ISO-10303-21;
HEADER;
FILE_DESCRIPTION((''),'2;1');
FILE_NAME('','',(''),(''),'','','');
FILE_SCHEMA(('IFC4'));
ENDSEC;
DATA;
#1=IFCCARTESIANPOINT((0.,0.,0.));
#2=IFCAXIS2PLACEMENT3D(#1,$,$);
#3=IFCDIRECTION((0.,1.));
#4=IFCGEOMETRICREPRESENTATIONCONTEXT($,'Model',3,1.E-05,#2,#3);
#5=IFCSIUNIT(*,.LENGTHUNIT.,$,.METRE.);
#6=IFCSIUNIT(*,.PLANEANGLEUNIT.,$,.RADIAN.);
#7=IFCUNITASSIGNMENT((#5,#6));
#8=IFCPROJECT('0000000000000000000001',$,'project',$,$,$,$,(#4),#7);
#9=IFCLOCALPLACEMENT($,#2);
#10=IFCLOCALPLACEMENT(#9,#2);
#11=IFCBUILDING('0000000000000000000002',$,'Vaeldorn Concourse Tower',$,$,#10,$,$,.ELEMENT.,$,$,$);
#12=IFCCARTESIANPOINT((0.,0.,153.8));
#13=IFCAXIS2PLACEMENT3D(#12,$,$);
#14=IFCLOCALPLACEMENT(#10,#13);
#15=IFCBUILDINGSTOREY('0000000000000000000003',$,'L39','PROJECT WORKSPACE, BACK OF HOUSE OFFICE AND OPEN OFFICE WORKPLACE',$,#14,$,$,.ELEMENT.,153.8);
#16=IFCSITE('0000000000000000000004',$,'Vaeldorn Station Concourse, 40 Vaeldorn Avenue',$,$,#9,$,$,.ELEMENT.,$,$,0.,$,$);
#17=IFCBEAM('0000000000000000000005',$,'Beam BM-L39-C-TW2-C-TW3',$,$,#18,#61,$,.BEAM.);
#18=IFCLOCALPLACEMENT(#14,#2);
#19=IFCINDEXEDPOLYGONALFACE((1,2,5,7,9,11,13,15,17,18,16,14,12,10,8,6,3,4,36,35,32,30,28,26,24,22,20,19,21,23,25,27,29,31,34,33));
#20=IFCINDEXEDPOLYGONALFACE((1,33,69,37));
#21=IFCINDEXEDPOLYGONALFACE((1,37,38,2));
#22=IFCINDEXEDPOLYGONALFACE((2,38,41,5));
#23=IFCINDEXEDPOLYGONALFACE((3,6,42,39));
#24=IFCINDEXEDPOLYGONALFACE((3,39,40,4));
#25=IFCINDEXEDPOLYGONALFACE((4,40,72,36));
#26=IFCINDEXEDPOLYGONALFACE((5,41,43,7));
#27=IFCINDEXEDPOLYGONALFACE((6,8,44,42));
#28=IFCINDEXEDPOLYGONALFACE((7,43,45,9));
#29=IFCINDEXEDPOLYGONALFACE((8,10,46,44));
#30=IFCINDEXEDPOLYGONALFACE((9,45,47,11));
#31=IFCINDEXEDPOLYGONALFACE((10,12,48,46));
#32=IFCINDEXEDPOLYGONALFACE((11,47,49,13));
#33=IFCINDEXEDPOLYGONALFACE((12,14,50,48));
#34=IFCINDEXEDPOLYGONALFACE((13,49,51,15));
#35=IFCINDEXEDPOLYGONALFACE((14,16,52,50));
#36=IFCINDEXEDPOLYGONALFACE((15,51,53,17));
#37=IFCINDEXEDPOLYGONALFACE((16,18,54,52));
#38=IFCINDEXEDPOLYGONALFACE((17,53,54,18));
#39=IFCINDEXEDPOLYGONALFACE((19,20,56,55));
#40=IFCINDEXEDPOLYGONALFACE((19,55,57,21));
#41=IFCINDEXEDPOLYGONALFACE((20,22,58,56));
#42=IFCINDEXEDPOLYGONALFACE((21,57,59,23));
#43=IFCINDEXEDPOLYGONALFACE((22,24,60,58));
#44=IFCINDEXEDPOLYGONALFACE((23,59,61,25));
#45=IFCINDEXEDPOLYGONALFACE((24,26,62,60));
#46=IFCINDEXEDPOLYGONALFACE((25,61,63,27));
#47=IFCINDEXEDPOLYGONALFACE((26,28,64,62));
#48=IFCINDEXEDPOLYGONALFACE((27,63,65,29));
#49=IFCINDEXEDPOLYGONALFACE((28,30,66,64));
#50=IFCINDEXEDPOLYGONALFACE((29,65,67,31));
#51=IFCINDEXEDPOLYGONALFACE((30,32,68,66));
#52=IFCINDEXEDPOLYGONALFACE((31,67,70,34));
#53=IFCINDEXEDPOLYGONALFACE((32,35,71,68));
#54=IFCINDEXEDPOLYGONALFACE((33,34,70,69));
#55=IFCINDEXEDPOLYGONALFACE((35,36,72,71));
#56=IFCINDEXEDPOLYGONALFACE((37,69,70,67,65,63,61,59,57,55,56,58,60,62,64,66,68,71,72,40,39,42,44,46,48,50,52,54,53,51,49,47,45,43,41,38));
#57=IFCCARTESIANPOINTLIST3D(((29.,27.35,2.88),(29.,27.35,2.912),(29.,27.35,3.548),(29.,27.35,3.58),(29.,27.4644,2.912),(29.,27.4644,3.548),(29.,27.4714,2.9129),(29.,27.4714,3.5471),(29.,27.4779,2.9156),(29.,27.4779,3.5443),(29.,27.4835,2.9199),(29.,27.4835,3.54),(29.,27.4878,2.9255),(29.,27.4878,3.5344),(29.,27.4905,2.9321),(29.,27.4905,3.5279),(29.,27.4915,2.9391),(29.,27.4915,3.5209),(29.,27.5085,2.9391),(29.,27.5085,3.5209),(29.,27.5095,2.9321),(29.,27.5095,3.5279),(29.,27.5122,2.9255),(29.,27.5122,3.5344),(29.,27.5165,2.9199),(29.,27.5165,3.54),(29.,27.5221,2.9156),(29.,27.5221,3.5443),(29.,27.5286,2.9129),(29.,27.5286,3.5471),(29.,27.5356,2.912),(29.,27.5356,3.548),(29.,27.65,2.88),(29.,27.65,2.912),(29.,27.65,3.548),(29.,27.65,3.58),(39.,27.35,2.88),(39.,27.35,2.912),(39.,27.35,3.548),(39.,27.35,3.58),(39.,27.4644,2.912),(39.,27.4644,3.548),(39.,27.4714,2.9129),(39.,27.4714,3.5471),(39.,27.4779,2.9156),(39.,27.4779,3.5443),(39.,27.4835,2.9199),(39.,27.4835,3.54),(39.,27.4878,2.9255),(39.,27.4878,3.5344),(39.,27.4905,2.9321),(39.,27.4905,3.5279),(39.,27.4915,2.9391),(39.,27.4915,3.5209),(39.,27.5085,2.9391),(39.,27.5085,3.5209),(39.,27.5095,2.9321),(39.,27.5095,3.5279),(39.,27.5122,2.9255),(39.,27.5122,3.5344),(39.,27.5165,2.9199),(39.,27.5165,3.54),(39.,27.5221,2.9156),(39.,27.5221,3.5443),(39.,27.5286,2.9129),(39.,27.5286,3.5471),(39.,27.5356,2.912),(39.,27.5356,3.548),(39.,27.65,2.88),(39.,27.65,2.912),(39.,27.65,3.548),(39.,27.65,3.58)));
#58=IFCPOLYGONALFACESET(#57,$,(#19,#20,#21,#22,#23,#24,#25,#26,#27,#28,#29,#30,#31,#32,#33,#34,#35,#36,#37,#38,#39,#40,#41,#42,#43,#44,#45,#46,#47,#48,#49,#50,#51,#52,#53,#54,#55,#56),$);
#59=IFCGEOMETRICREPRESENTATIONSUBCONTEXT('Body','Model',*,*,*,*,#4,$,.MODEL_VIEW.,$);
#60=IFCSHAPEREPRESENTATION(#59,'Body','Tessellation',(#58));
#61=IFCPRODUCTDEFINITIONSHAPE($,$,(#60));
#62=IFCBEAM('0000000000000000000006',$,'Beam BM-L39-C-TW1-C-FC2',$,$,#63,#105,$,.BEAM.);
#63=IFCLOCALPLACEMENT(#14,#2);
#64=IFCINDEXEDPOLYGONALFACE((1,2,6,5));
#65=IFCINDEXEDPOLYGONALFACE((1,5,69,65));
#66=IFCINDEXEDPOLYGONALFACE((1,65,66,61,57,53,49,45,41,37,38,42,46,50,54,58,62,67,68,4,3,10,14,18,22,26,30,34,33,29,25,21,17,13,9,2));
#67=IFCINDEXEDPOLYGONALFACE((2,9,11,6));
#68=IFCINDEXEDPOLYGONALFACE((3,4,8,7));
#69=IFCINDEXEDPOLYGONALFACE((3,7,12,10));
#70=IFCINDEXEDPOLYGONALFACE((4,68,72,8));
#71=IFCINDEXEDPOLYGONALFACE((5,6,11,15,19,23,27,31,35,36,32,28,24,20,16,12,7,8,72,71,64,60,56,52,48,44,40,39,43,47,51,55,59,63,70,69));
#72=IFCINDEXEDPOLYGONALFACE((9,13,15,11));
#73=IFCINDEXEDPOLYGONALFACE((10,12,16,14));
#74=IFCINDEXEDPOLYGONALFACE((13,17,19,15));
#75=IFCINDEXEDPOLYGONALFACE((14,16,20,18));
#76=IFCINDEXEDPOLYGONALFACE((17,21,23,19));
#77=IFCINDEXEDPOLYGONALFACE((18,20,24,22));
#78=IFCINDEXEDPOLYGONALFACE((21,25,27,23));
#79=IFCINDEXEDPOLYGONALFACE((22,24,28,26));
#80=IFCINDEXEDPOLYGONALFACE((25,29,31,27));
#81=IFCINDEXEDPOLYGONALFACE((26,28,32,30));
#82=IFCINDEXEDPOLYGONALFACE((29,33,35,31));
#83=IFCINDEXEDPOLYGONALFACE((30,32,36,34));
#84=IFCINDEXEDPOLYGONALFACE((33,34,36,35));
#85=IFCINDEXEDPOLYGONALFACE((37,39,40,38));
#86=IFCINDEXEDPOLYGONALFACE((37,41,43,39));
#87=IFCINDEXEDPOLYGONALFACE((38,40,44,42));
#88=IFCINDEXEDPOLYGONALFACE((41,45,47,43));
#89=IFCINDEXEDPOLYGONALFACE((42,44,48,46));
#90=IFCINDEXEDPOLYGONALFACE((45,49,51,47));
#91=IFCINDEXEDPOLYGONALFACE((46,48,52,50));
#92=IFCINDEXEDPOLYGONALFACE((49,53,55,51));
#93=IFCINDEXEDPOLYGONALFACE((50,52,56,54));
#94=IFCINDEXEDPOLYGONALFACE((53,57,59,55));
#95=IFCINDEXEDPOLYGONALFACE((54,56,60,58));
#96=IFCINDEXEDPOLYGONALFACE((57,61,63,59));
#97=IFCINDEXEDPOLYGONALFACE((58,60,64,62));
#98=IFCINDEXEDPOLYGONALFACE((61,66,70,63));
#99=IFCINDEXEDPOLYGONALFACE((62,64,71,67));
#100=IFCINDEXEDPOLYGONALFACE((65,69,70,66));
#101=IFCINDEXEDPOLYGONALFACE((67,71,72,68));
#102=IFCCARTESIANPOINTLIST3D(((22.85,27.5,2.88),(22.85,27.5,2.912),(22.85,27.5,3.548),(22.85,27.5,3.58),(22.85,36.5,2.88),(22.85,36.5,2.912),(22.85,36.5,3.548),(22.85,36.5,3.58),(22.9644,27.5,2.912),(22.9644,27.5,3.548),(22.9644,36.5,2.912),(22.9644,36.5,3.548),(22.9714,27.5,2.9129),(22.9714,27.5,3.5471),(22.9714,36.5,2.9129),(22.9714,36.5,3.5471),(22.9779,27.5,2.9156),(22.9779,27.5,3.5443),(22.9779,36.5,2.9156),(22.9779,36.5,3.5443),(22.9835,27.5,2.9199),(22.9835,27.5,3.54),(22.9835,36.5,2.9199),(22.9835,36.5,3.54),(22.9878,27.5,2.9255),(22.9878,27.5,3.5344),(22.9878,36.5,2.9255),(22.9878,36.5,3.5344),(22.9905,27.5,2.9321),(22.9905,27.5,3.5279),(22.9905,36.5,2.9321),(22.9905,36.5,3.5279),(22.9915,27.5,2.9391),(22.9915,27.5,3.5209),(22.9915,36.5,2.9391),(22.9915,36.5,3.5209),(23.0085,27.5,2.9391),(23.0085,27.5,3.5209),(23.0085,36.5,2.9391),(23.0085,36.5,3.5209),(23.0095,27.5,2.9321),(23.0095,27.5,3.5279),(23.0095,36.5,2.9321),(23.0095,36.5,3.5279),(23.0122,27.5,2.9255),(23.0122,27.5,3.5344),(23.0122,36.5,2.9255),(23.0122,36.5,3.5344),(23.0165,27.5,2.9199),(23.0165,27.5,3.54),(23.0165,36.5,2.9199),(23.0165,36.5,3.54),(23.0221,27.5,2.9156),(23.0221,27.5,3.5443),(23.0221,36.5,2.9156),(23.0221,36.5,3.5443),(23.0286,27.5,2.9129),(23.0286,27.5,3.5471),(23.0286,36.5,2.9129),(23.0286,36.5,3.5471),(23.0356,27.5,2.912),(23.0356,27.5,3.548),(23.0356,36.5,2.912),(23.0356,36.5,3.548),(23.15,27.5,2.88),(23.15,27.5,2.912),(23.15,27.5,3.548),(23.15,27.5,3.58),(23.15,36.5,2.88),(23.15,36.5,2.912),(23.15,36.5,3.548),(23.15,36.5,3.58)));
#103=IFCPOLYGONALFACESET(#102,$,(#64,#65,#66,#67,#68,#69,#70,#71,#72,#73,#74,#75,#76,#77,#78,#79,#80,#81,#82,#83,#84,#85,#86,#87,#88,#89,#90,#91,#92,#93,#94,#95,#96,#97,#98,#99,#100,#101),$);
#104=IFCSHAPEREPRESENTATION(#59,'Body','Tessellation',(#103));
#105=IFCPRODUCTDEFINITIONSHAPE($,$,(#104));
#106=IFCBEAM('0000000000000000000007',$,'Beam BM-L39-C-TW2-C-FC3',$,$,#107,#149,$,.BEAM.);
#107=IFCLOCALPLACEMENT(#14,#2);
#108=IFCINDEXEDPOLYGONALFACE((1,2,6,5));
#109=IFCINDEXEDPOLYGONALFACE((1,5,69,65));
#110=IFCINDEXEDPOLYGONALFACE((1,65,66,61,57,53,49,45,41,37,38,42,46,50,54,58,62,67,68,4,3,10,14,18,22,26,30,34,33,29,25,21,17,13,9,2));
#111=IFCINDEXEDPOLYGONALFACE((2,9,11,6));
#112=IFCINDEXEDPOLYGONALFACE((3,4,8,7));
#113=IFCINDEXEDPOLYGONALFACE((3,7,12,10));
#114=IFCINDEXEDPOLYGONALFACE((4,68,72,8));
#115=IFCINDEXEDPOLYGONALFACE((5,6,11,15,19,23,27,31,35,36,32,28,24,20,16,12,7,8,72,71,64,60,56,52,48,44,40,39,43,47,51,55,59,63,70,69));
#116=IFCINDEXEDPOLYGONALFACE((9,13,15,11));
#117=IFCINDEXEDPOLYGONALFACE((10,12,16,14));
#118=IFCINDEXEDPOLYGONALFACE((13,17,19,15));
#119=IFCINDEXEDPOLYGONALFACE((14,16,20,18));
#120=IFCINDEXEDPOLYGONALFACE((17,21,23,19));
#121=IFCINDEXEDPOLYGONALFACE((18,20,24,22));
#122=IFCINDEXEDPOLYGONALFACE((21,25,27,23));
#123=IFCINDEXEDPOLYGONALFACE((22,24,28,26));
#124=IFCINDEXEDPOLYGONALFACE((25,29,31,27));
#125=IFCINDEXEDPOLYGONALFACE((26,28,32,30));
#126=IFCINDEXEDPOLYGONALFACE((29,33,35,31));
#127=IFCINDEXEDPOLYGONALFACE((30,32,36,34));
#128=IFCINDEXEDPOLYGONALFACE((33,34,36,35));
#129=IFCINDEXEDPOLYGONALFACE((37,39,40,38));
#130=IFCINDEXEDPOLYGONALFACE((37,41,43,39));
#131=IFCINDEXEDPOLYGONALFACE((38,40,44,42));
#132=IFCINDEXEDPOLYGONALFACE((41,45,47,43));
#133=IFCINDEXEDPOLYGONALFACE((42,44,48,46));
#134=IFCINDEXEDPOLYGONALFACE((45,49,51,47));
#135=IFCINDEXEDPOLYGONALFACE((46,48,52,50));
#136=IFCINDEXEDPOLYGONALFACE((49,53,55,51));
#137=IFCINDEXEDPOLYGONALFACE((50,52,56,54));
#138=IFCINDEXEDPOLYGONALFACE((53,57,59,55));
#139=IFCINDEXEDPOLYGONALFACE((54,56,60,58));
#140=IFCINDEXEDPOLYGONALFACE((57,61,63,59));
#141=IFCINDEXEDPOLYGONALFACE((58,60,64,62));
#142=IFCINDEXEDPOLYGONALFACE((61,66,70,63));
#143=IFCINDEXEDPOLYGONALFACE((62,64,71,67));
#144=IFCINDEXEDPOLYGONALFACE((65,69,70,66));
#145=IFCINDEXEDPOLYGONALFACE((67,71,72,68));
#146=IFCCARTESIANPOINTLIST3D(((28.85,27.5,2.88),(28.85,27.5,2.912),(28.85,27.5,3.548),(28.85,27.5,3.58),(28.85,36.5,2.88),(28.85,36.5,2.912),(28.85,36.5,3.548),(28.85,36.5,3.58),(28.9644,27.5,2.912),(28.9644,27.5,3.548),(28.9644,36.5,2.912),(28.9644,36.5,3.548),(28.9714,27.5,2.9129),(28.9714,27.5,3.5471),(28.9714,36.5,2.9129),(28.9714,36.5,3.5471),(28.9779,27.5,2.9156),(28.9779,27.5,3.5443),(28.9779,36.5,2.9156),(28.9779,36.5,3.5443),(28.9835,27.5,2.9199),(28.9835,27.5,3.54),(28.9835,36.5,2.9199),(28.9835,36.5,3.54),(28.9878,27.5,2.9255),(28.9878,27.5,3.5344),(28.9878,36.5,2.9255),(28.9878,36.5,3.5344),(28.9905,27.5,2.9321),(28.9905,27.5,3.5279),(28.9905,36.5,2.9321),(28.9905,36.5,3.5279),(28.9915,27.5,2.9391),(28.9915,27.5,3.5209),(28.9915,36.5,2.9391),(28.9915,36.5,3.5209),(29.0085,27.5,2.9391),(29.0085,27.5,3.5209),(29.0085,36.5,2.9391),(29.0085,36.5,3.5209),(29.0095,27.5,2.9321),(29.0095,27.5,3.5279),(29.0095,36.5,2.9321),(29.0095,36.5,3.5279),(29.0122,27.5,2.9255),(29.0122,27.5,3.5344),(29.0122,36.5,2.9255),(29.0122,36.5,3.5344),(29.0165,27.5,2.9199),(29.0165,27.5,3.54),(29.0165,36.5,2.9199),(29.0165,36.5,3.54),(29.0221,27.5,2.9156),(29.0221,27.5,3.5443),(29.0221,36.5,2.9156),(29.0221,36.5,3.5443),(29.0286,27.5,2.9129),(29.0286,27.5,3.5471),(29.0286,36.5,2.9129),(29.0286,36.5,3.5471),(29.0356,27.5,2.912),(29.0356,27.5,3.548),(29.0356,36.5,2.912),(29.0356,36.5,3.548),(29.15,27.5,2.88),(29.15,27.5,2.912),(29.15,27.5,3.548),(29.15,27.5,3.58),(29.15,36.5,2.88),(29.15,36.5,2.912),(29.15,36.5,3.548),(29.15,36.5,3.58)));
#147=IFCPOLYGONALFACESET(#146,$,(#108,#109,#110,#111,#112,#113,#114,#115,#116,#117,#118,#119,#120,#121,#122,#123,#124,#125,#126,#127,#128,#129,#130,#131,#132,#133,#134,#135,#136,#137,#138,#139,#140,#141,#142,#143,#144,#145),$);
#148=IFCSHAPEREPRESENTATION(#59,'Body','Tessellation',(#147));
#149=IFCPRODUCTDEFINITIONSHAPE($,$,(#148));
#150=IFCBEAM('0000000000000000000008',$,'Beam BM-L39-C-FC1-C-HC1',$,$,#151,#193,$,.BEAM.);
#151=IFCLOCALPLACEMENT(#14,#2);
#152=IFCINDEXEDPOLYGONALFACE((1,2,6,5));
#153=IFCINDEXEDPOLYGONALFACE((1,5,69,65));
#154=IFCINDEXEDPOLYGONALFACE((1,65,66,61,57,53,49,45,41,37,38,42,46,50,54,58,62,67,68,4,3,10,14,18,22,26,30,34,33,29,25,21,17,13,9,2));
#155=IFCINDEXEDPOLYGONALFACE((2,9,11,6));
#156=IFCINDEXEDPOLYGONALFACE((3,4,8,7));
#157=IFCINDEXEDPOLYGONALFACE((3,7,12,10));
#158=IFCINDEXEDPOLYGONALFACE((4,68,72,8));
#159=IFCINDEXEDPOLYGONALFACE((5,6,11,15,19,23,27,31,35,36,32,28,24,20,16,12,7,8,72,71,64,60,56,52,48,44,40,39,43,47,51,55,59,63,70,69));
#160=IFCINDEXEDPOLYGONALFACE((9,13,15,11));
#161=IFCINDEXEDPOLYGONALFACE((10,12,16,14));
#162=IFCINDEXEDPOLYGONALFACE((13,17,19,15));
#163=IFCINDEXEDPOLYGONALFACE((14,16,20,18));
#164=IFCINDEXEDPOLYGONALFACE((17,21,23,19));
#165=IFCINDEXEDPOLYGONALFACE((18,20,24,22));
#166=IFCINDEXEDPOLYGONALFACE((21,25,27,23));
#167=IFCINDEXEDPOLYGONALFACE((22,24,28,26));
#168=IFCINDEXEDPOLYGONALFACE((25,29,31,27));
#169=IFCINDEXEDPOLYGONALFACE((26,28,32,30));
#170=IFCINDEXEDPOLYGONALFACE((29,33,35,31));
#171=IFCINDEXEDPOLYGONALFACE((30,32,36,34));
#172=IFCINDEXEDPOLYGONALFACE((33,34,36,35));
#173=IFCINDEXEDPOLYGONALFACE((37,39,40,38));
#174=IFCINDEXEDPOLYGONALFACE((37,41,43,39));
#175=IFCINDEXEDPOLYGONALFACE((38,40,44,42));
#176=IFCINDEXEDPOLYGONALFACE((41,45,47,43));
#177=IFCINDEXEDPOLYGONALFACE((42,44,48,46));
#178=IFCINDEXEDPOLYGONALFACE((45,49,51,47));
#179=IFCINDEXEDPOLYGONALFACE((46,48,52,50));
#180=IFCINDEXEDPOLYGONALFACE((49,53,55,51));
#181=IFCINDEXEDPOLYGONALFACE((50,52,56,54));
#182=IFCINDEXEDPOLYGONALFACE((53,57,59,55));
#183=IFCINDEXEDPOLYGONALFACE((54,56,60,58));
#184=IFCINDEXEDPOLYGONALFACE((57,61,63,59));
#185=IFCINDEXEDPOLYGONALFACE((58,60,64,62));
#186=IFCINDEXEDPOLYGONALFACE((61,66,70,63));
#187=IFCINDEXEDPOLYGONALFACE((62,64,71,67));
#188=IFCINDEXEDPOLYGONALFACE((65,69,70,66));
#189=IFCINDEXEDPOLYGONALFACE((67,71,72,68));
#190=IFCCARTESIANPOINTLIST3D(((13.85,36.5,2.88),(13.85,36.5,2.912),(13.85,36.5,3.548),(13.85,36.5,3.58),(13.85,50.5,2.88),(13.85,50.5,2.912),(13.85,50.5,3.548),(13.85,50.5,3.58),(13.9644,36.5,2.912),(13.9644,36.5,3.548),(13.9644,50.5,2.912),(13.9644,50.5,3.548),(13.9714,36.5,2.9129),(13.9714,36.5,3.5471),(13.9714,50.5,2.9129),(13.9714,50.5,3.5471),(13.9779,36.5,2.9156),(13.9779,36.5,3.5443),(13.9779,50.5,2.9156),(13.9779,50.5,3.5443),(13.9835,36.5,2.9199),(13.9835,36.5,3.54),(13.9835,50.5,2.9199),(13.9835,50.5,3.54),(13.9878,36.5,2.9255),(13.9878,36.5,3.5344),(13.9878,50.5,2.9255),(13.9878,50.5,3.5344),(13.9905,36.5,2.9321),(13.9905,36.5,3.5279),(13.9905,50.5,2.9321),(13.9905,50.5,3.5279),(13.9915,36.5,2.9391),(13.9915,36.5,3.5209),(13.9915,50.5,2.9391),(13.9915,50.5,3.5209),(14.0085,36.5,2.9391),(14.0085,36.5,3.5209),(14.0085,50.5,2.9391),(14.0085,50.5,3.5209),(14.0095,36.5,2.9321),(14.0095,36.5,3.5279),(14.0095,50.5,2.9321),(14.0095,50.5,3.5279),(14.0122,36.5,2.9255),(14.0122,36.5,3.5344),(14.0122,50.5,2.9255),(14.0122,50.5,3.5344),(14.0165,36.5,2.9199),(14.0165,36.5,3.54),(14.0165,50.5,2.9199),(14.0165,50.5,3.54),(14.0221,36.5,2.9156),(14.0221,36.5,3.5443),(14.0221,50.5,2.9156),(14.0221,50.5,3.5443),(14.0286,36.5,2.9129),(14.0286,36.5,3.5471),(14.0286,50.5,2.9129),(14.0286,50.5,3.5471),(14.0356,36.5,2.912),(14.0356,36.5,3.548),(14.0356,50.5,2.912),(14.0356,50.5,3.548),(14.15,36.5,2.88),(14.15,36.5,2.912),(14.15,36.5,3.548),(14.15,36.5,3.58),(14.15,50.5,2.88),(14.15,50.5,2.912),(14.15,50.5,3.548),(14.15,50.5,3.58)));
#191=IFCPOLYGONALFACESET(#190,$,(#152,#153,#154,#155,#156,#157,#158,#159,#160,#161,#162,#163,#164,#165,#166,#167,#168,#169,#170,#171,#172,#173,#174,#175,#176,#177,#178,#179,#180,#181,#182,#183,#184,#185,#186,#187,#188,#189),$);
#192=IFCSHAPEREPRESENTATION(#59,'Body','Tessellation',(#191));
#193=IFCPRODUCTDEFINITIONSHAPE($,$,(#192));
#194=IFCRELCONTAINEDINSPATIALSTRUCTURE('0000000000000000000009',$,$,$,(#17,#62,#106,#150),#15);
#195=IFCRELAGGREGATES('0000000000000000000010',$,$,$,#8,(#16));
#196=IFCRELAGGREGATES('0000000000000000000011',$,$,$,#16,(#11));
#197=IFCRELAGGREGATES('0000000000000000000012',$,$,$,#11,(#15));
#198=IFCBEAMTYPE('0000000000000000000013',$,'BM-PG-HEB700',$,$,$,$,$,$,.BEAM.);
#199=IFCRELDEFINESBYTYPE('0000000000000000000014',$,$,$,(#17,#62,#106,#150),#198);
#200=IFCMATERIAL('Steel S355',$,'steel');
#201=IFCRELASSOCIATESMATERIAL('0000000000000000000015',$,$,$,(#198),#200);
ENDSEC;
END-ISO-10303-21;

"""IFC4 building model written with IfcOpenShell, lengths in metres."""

from ifc_helpers import new_model, si_unit, direction, frame, origin, origin_2d, place, context, subcontext, project, spatial, i_section, extrude, source, transform, mapped, material, material_profile, profile_set, type_object, element, save


model = new_model("IFC4")

# Units and contexts
model_context = context("Model", 3, precision=1e-05, world=origin(), true_north=direction((0.0, 1.0)))
body_context = subcontext(model_context, "Body", "Model", "MODEL_VIEW")
ifc_project = project(units=[si_unit("LENGTHUNIT", "METRE"), si_unit("PLANEANGLEUNIT", "RADIAN")], contexts=[model_context])

# Site, building, storey
site_placement = place(None, origin())
site = spatial("IfcSite", under=ifc_project, at=site_placement, Name="Vaeldorn Station Concourse, 40 Vaeldorn Avenue", CompositionType="ELEMENT", RefElevation=0.0)
building_placement = place(site_placement, origin())
building = spatial("IfcBuilding", under=site, at=building_placement, Name="Vaeldorn Concourse Tower", CompositionType="ELEMENT")
storey_placement = place(building_placement, frame((0.0, 0.0, 153.8)))
storey = spatial("IfcBuildingStorey", under=building, at=storey_placement, Name="L39", Description="PROJECT WORKSPACE, BACK OF HOUSE OFFICE AND OPEN OFFICE WORKPLACE", CompositionType="ELEMENT", Elevation=153.8)

# Beams
ifc_material_1 = material(Name="Steel S355", Category="steel")
ifc_material_profile_1 = material_profile(ifc_material_1, i_section(OverallWidth=0.3, OverallDepth=0.7, WebThickness=0.0171, FlangeThickness=0.032, FilletRadius=0.0271, at=origin_2d()), Name="HEB 700")
ifc_profile_set_1 = profile_set([ifc_material_profile_1], Name="Steel S355")
beam_type_1 = type_object("IfcBeamType", Name="BM-PG-HEB700", PredefinedType="BEAM", material=ifc_profile_set_1)
shared_shape_1 = source(origin(), body_context, "Body", "SweptSolid", [
    extrude(i_section(OverallWidth=0.3, OverallDepth=0.7, WebThickness=0.0171, FlangeThickness=0.032, FilletRadius=0.0271, at=origin_2d()), origin(), (0.0, 0.0, 1.0), 10.0),
])
for number, where, z_axis, x_axis, name in (
    (1, (29.0, 27.5, 3.23), (1.0, 0.0, 0.0), (0.0, 1.0, 0.0), "Beam BM-L39-C-TW2-C-TW3"),
):
    element("IfcBeam", number, at=place(storey_placement, frame(where, z_axis=z_axis, x_axis=x_axis)), inside=storey, type_object=beam_type_1, Name=name, PredefinedType="BEAM", context=body_context, shape_type="MappedRepresentation", body=[
        mapped(shared_shape_1, transform((0.0, 0.0, 0.0), scale=1.0)),
    ])
shared_shape_2 = source(origin(), body_context, "Body", "SweptSolid", [
    extrude(i_section(OverallWidth=0.3, OverallDepth=0.7, WebThickness=0.0171, FlangeThickness=0.032, FilletRadius=0.0271, at=origin_2d()), origin(), (0.0, 0.0, 1.0), 9.0),
])
for number, where, z_axis, x_axis, name in (
    (2, (23.0, 27.5, 3.23), (0.0, 1.0, 0.0), (-1.0, 0.0, 0.0), "Beam BM-L39-C-TW1-C-FC2"),
    (3, (29.0, 27.5, 3.23), (0.0, 1.0, 0.0), (-1.0, 0.0, 0.0), "Beam BM-L39-C-TW2-C-FC3"),
):
    element("IfcBeam", number, at=place(storey_placement, frame(where, z_axis=z_axis, x_axis=x_axis)), inside=storey, type_object=beam_type_1, Name=name, PredefinedType="BEAM", context=body_context, shape_type="MappedRepresentation", body=[
        mapped(shared_shape_2, transform((0.0, 0.0, 0.0), scale=1.0)),
    ])
shared_shape_3 = source(origin(), body_context, "Body", "SweptSolid", [
    extrude(i_section(OverallWidth=0.3, OverallDepth=0.7, WebThickness=0.0171, FlangeThickness=0.032, FilletRadius=0.0271, at=origin_2d()), origin(), (0.0, 0.0, 1.0), 14.0),
])
for number, where, z_axis, x_axis, name in (
    (4, (14.0, 36.5, 3.23), (0.0, 1.0, 0.0), (-1.0, 0.0, 0.0), "Beam BM-L39-C-FC1-C-HC1"),
):
    element("IfcBeam", number, at=place(storey_placement, frame(where, z_axis=z_axis, x_axis=x_axis)), inside=storey, type_object=beam_type_1, Name=name, PredefinedType="BEAM", context=body_context, shape_type="MappedRepresentation", body=[
        mapped(shared_shape_3, transform((0.0, 0.0, 0.0), scale=1.0)),
    ])

save(model, "model.ifc")
